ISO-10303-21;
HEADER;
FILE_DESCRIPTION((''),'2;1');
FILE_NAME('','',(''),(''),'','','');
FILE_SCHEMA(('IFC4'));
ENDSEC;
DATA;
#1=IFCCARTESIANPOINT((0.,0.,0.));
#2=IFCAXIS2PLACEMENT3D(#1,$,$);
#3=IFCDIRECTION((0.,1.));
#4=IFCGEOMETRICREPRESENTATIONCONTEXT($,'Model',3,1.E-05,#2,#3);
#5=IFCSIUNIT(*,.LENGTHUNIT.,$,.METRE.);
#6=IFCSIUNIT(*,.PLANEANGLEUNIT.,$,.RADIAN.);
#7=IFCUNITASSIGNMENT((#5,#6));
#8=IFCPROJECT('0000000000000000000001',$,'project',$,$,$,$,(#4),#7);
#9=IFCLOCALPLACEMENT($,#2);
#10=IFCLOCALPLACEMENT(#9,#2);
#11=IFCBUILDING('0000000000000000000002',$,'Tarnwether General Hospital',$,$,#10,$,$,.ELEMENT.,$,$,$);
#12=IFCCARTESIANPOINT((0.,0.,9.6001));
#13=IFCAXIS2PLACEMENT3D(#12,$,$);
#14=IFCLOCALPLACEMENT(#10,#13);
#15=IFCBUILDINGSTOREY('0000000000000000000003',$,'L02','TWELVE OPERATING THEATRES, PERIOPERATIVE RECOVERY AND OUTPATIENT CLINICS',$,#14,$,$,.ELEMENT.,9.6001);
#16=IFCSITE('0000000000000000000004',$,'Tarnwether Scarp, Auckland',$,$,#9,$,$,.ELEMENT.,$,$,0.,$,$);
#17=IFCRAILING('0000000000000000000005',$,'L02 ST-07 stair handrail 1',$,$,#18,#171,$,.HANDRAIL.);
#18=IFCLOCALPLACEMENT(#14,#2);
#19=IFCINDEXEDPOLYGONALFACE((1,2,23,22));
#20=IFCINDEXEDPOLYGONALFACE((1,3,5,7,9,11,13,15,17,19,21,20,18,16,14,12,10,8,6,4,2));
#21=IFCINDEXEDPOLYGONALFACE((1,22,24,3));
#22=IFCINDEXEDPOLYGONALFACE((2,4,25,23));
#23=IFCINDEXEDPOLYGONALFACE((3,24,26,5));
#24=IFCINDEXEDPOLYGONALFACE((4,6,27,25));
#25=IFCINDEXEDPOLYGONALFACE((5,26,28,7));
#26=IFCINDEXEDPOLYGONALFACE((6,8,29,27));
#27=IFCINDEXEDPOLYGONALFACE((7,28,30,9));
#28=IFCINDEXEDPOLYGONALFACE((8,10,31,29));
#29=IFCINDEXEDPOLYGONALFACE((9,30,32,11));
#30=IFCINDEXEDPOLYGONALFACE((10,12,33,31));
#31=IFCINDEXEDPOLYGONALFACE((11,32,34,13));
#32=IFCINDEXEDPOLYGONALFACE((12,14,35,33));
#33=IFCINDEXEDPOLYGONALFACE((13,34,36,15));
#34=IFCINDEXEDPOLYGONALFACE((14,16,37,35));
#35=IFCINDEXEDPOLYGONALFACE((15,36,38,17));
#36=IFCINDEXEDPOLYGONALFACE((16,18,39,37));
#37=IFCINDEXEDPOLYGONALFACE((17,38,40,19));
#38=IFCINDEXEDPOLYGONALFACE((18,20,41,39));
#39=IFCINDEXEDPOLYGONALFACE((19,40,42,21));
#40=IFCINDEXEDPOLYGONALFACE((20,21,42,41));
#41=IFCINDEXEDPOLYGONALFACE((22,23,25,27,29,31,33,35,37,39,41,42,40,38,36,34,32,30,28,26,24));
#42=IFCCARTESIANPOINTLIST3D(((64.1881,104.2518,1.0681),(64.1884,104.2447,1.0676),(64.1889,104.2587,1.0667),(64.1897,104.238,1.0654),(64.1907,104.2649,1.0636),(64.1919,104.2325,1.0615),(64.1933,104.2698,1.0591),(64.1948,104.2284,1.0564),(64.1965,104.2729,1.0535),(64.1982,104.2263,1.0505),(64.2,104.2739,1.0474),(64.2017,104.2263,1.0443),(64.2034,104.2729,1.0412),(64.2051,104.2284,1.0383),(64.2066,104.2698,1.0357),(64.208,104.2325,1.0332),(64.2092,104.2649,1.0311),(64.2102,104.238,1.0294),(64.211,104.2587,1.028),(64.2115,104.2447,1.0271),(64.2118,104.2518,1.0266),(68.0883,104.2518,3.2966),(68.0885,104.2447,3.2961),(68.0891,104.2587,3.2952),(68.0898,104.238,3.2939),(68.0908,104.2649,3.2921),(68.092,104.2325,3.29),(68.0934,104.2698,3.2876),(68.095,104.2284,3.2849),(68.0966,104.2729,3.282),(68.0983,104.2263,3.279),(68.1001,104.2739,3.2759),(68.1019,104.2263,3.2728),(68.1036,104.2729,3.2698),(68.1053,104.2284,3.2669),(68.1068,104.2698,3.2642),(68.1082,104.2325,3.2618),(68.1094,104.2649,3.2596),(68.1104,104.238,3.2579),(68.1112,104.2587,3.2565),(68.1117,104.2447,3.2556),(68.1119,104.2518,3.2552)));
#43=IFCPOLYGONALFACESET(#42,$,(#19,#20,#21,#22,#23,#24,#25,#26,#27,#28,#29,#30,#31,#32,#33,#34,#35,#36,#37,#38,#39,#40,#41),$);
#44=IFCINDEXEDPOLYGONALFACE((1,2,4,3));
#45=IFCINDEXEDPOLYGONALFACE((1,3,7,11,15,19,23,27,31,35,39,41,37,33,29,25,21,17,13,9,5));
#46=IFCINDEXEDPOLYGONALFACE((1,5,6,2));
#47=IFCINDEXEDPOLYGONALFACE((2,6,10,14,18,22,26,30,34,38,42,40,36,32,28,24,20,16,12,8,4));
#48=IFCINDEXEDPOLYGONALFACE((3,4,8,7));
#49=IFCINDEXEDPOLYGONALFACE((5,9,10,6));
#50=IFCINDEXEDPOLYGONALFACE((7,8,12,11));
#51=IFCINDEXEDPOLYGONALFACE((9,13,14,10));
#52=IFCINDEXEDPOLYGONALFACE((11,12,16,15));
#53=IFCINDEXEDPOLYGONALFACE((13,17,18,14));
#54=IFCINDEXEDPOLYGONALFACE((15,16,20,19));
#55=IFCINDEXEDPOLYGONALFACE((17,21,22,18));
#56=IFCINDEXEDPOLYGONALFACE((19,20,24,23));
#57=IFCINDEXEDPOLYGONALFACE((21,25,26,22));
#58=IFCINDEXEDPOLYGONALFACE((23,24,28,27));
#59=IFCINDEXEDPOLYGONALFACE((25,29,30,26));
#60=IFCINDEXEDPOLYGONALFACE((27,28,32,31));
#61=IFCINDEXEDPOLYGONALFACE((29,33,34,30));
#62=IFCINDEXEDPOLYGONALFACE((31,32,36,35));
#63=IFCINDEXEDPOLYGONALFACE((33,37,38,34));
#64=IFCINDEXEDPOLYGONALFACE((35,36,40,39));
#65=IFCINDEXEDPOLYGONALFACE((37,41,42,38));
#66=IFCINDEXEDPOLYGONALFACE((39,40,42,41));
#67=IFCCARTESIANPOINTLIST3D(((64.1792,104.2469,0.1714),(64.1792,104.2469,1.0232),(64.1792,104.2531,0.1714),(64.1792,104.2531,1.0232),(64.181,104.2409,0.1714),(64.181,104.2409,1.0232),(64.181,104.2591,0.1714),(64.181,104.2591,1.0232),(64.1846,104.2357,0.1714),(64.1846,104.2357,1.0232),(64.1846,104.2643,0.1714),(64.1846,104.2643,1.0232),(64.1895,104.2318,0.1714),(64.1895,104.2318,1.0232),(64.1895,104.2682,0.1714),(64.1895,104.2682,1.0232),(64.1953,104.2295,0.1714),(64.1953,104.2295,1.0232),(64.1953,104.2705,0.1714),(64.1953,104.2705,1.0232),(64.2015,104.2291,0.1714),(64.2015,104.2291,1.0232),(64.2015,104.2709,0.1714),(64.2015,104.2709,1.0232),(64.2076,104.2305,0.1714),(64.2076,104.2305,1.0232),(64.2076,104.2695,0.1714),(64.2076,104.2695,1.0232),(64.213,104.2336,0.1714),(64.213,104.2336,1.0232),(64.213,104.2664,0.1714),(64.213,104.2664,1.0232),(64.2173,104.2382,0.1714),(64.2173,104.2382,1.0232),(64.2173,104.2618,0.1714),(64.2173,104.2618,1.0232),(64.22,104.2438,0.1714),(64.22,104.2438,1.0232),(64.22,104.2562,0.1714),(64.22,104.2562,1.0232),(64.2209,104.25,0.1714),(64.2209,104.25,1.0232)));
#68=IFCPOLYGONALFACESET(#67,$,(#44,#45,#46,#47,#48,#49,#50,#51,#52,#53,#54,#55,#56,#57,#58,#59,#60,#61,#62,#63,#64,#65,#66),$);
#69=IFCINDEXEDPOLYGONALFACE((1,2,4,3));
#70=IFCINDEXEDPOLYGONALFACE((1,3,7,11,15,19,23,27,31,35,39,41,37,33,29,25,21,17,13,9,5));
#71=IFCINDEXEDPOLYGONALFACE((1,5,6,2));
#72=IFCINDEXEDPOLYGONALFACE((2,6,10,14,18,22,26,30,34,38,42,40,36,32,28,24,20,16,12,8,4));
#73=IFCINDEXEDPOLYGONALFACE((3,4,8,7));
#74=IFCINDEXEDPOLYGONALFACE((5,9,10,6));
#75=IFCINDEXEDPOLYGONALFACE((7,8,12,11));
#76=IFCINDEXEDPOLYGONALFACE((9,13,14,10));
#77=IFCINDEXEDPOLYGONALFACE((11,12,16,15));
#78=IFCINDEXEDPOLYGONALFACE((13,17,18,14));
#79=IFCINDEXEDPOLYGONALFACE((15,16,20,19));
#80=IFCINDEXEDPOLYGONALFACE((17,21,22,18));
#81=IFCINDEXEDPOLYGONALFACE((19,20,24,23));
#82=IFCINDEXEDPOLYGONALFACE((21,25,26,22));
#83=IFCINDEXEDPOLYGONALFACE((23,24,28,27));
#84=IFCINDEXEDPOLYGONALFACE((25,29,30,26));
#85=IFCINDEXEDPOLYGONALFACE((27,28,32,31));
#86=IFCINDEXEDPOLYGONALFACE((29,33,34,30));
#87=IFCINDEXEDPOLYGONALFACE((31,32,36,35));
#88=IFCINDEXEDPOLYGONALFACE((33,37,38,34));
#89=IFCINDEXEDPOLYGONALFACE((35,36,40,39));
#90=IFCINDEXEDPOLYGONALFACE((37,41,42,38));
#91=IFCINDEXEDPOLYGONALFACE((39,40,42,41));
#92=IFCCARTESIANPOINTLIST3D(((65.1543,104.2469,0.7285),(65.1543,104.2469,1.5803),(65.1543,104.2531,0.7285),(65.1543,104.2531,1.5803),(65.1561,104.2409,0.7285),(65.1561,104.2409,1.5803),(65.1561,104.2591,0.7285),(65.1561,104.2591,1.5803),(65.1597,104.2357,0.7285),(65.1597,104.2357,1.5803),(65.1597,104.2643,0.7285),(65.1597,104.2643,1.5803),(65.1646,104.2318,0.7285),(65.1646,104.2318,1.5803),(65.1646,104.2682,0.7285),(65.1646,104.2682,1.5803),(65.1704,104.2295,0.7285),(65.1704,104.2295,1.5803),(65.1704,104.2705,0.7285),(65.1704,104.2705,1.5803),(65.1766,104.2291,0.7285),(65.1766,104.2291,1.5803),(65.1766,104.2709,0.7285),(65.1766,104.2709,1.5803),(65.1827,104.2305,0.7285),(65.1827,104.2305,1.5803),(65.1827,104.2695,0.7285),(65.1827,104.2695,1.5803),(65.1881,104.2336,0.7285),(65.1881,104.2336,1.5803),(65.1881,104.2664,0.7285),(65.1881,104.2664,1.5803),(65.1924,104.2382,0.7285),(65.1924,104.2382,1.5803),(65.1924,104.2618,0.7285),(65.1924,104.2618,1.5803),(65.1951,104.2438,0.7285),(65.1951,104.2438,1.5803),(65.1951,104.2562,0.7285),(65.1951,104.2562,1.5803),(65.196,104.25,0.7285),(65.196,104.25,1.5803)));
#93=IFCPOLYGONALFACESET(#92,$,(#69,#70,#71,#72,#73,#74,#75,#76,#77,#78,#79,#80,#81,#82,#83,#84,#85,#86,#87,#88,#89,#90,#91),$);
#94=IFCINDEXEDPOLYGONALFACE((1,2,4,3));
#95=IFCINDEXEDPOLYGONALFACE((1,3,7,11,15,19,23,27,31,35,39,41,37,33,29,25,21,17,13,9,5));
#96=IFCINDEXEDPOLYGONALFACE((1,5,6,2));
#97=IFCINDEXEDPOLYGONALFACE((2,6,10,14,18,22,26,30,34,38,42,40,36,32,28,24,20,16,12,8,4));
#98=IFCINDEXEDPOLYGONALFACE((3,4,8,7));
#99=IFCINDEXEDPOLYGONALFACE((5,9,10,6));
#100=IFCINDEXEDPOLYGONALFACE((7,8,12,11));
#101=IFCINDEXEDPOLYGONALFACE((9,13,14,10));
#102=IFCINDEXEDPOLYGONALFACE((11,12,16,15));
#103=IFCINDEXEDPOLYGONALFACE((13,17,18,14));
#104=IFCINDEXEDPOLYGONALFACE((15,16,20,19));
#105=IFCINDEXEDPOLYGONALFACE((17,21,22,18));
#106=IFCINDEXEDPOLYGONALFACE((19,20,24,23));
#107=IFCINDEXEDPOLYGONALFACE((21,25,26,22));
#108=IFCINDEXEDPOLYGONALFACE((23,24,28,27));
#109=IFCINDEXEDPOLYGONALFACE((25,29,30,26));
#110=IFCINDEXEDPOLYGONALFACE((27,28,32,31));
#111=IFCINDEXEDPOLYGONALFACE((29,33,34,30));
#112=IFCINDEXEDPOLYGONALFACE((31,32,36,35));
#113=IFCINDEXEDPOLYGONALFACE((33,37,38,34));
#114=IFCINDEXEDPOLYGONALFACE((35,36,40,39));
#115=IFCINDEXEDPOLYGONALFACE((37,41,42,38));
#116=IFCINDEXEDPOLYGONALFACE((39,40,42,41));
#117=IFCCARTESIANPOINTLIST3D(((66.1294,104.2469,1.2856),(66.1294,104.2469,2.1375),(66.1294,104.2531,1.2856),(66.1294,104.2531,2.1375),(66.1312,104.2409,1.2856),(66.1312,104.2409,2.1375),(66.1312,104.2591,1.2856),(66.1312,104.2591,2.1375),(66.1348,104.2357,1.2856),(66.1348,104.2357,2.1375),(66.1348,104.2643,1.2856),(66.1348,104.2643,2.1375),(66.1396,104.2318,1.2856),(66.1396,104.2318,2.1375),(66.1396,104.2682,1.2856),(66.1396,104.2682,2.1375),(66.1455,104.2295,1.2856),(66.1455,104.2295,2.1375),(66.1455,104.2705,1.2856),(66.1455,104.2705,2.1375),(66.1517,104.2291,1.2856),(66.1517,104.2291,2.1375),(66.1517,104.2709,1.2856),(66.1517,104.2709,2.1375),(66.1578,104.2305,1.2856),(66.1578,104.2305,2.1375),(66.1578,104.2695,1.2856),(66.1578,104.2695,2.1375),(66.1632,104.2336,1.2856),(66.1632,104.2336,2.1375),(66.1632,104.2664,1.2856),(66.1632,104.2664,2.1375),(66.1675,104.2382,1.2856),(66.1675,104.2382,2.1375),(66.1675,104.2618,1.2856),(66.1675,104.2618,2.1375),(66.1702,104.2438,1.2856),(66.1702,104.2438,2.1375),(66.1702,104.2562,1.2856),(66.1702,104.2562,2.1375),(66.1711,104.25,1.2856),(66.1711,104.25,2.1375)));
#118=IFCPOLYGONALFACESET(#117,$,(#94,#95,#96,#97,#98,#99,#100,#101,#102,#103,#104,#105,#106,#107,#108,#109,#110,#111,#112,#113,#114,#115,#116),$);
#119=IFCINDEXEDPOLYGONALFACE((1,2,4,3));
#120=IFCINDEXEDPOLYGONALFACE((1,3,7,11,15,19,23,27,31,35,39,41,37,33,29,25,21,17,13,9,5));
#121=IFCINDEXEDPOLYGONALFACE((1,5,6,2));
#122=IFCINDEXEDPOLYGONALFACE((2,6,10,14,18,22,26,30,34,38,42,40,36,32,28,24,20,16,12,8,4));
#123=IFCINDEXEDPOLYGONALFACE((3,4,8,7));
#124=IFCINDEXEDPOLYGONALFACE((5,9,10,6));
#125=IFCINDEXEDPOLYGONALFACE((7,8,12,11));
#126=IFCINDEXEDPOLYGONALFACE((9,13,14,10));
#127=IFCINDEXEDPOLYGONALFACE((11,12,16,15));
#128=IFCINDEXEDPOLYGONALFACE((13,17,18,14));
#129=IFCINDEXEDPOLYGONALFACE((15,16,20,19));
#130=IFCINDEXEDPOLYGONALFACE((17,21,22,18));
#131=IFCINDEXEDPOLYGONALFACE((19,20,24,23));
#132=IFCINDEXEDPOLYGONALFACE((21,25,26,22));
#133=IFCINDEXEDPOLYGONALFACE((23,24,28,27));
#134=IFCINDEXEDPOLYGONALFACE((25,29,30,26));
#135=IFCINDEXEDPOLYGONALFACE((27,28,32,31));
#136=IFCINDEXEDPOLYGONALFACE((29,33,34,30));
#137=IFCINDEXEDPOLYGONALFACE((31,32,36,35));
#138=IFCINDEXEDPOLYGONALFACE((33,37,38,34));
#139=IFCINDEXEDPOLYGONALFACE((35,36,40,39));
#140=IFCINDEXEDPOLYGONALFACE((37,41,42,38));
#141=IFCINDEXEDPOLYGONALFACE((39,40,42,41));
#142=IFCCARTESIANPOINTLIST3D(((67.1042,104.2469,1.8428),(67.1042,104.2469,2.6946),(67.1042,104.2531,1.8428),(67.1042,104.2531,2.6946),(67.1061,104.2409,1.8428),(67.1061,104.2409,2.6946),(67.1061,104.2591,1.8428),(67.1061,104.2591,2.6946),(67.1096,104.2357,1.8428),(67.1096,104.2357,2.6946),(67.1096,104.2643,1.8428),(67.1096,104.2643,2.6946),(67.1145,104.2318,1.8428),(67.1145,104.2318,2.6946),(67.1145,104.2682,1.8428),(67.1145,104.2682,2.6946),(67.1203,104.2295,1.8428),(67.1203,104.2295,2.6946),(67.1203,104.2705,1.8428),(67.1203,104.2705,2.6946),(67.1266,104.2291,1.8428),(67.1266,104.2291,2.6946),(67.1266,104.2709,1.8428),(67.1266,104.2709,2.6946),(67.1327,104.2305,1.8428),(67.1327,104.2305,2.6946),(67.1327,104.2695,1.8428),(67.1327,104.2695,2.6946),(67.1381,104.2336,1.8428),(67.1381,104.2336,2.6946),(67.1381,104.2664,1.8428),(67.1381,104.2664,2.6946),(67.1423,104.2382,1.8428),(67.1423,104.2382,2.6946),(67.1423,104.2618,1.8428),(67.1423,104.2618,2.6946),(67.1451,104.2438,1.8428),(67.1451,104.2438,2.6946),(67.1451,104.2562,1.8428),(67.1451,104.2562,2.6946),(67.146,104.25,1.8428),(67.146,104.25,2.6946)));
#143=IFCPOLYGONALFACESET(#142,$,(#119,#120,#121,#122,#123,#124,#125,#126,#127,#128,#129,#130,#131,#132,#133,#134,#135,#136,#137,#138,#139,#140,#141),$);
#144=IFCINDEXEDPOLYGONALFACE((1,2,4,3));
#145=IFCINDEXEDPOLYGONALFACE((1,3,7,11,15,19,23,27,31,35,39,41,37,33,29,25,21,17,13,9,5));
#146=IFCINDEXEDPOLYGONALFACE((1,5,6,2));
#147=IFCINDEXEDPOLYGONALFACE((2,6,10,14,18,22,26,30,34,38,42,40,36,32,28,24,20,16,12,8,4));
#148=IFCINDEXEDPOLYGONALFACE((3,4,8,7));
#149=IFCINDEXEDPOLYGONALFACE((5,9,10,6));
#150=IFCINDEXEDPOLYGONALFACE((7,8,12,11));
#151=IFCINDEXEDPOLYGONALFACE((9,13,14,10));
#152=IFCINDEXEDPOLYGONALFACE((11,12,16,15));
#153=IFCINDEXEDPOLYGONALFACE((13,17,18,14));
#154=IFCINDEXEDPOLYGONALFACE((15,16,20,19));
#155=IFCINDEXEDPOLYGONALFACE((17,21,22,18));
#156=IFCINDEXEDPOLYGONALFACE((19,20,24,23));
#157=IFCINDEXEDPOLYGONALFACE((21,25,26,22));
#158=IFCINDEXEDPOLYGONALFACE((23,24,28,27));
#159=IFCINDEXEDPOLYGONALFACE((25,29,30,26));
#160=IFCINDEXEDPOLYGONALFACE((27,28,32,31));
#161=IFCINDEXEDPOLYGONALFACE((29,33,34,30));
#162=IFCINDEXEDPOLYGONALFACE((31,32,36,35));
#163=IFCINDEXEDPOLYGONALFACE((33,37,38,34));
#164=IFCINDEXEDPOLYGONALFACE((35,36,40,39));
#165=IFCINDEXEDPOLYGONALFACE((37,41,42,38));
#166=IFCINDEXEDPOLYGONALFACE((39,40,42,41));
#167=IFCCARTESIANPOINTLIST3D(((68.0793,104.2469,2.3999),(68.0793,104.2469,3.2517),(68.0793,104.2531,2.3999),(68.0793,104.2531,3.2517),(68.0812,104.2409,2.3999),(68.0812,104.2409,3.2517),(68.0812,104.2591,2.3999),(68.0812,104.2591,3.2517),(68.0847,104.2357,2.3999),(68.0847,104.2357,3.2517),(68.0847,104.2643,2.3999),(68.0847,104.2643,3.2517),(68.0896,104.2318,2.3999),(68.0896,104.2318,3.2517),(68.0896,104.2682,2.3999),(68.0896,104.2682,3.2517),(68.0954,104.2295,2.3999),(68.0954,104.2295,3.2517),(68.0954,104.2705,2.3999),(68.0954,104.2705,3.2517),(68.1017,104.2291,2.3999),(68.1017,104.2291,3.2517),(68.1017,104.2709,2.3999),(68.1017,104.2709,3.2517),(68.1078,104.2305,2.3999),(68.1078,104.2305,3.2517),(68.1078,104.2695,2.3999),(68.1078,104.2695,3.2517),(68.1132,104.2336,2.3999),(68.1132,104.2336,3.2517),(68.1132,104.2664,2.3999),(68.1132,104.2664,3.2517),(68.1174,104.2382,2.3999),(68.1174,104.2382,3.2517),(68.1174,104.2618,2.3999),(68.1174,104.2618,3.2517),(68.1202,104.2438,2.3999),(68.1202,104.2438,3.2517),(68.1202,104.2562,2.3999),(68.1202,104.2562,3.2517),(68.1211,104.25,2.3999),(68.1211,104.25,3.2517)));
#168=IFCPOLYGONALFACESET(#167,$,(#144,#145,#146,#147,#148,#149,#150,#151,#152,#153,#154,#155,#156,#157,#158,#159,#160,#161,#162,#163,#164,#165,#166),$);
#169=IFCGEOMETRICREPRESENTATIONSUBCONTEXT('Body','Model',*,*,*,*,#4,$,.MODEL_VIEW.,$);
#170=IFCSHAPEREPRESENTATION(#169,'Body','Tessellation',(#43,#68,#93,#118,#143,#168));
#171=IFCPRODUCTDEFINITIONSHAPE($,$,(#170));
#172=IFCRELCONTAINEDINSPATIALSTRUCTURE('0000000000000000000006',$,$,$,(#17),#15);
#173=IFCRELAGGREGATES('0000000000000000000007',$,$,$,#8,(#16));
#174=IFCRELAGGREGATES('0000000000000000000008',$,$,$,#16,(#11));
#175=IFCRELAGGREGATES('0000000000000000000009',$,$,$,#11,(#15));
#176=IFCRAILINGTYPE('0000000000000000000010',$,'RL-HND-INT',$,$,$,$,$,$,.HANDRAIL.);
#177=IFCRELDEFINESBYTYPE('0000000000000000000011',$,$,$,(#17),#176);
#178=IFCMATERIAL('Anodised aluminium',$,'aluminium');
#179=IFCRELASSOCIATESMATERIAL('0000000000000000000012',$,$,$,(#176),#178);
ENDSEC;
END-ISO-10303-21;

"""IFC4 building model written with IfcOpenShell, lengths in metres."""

from ifc_helpers import new_model, si_unit, direction, frame, origin, origin_2d, place, context, subcontext, project, spatial, circle, extrude, material, type_object, element, save


model = new_model("IFC4")

# Units and contexts
model_context = context("Model", 3, precision=1e-05, world=origin(), true_north=direction((0.0, 1.0)))
body_context = subcontext(model_context, "Body", "Model", "MODEL_VIEW")
ifc_project = project(units=[si_unit("LENGTHUNIT", "METRE"), si_unit("PLANEANGLEUNIT", "RADIAN")], contexts=[model_context])

# Site, building, storey
site_placement = place(None, origin())
site = spatial("IfcSite", under=ifc_project, at=site_placement, Name="Tarnwether Scarp, Auckland", CompositionType="ELEMENT", RefElevation=0.0)
building_placement = place(site_placement, origin())
building = spatial("IfcBuilding", under=site, at=building_placement, Name="Tarnwether General Hospital", CompositionType="ELEMENT")
storey_placement = place(building_placement, frame((0.0, 0.0, 9.6001)))
storey = spatial("IfcBuildingStorey", under=building, at=storey_placement, Name="L02", Description="TWELVE OPERATING THEATRES, PERIOPERATIVE RECOVERY AND OUTPATIENT CLINICS", CompositionType="ELEMENT", Elevation=9.6001)

# Railing
ifc_material_1 = material(Name="Anodised aluminium", Category="aluminium")
railing_type = type_object("IfcRailingType", Name="RL-HND-INT", PredefinedType="HANDRAIL", material=ifc_material_1)
railing_placement = place(storey_placement, frame((64.2, 104.25, 0.1714)))
element("IfcRailing", 1, at=railing_placement, inside=storey, type_object=railing_type, Name="L02 ST-07 stair handrail 1", PredefinedType="HANDRAIL", context=body_context, shape_type="SweptSolid", body=[
    extrude(circle(Radius=0.0239, at=origin_2d()), frame((0.0, 0.0, 0.876), z_axis=(0.868257, 0.0, 0.496116), x_axis=(0.0, 1.0, 0.0)), (0.0, 0.0, 1.0), 4.4919),
    extrude(circle(Radius=0.021, at=origin_2d()), origin(), (0.0, 0.0, 1.0), 0.8518),
    extrude(circle(Radius=0.021, at=origin_2d()), frame((0.9751, 0.0, 0.5571)), (0.0, 0.0, 1.0), 0.8518),
    extrude(circle(Radius=0.021, at=origin_2d()), frame((1.9502, 0.0, 1.1143)), (0.0, 0.0, 1.0), 0.8518),
    extrude(circle(Radius=0.021, at=origin_2d()), frame((2.925, 0.0, 1.6714)), (0.0, 0.0, 1.0), 0.8518),
    extrude(circle(Radius=0.021, at=origin_2d()), frame((3.9001, 0.0, 2.2285)), (0.0, 0.0, 1.0), 0.8518),
])

save(model, "model.ifc")
